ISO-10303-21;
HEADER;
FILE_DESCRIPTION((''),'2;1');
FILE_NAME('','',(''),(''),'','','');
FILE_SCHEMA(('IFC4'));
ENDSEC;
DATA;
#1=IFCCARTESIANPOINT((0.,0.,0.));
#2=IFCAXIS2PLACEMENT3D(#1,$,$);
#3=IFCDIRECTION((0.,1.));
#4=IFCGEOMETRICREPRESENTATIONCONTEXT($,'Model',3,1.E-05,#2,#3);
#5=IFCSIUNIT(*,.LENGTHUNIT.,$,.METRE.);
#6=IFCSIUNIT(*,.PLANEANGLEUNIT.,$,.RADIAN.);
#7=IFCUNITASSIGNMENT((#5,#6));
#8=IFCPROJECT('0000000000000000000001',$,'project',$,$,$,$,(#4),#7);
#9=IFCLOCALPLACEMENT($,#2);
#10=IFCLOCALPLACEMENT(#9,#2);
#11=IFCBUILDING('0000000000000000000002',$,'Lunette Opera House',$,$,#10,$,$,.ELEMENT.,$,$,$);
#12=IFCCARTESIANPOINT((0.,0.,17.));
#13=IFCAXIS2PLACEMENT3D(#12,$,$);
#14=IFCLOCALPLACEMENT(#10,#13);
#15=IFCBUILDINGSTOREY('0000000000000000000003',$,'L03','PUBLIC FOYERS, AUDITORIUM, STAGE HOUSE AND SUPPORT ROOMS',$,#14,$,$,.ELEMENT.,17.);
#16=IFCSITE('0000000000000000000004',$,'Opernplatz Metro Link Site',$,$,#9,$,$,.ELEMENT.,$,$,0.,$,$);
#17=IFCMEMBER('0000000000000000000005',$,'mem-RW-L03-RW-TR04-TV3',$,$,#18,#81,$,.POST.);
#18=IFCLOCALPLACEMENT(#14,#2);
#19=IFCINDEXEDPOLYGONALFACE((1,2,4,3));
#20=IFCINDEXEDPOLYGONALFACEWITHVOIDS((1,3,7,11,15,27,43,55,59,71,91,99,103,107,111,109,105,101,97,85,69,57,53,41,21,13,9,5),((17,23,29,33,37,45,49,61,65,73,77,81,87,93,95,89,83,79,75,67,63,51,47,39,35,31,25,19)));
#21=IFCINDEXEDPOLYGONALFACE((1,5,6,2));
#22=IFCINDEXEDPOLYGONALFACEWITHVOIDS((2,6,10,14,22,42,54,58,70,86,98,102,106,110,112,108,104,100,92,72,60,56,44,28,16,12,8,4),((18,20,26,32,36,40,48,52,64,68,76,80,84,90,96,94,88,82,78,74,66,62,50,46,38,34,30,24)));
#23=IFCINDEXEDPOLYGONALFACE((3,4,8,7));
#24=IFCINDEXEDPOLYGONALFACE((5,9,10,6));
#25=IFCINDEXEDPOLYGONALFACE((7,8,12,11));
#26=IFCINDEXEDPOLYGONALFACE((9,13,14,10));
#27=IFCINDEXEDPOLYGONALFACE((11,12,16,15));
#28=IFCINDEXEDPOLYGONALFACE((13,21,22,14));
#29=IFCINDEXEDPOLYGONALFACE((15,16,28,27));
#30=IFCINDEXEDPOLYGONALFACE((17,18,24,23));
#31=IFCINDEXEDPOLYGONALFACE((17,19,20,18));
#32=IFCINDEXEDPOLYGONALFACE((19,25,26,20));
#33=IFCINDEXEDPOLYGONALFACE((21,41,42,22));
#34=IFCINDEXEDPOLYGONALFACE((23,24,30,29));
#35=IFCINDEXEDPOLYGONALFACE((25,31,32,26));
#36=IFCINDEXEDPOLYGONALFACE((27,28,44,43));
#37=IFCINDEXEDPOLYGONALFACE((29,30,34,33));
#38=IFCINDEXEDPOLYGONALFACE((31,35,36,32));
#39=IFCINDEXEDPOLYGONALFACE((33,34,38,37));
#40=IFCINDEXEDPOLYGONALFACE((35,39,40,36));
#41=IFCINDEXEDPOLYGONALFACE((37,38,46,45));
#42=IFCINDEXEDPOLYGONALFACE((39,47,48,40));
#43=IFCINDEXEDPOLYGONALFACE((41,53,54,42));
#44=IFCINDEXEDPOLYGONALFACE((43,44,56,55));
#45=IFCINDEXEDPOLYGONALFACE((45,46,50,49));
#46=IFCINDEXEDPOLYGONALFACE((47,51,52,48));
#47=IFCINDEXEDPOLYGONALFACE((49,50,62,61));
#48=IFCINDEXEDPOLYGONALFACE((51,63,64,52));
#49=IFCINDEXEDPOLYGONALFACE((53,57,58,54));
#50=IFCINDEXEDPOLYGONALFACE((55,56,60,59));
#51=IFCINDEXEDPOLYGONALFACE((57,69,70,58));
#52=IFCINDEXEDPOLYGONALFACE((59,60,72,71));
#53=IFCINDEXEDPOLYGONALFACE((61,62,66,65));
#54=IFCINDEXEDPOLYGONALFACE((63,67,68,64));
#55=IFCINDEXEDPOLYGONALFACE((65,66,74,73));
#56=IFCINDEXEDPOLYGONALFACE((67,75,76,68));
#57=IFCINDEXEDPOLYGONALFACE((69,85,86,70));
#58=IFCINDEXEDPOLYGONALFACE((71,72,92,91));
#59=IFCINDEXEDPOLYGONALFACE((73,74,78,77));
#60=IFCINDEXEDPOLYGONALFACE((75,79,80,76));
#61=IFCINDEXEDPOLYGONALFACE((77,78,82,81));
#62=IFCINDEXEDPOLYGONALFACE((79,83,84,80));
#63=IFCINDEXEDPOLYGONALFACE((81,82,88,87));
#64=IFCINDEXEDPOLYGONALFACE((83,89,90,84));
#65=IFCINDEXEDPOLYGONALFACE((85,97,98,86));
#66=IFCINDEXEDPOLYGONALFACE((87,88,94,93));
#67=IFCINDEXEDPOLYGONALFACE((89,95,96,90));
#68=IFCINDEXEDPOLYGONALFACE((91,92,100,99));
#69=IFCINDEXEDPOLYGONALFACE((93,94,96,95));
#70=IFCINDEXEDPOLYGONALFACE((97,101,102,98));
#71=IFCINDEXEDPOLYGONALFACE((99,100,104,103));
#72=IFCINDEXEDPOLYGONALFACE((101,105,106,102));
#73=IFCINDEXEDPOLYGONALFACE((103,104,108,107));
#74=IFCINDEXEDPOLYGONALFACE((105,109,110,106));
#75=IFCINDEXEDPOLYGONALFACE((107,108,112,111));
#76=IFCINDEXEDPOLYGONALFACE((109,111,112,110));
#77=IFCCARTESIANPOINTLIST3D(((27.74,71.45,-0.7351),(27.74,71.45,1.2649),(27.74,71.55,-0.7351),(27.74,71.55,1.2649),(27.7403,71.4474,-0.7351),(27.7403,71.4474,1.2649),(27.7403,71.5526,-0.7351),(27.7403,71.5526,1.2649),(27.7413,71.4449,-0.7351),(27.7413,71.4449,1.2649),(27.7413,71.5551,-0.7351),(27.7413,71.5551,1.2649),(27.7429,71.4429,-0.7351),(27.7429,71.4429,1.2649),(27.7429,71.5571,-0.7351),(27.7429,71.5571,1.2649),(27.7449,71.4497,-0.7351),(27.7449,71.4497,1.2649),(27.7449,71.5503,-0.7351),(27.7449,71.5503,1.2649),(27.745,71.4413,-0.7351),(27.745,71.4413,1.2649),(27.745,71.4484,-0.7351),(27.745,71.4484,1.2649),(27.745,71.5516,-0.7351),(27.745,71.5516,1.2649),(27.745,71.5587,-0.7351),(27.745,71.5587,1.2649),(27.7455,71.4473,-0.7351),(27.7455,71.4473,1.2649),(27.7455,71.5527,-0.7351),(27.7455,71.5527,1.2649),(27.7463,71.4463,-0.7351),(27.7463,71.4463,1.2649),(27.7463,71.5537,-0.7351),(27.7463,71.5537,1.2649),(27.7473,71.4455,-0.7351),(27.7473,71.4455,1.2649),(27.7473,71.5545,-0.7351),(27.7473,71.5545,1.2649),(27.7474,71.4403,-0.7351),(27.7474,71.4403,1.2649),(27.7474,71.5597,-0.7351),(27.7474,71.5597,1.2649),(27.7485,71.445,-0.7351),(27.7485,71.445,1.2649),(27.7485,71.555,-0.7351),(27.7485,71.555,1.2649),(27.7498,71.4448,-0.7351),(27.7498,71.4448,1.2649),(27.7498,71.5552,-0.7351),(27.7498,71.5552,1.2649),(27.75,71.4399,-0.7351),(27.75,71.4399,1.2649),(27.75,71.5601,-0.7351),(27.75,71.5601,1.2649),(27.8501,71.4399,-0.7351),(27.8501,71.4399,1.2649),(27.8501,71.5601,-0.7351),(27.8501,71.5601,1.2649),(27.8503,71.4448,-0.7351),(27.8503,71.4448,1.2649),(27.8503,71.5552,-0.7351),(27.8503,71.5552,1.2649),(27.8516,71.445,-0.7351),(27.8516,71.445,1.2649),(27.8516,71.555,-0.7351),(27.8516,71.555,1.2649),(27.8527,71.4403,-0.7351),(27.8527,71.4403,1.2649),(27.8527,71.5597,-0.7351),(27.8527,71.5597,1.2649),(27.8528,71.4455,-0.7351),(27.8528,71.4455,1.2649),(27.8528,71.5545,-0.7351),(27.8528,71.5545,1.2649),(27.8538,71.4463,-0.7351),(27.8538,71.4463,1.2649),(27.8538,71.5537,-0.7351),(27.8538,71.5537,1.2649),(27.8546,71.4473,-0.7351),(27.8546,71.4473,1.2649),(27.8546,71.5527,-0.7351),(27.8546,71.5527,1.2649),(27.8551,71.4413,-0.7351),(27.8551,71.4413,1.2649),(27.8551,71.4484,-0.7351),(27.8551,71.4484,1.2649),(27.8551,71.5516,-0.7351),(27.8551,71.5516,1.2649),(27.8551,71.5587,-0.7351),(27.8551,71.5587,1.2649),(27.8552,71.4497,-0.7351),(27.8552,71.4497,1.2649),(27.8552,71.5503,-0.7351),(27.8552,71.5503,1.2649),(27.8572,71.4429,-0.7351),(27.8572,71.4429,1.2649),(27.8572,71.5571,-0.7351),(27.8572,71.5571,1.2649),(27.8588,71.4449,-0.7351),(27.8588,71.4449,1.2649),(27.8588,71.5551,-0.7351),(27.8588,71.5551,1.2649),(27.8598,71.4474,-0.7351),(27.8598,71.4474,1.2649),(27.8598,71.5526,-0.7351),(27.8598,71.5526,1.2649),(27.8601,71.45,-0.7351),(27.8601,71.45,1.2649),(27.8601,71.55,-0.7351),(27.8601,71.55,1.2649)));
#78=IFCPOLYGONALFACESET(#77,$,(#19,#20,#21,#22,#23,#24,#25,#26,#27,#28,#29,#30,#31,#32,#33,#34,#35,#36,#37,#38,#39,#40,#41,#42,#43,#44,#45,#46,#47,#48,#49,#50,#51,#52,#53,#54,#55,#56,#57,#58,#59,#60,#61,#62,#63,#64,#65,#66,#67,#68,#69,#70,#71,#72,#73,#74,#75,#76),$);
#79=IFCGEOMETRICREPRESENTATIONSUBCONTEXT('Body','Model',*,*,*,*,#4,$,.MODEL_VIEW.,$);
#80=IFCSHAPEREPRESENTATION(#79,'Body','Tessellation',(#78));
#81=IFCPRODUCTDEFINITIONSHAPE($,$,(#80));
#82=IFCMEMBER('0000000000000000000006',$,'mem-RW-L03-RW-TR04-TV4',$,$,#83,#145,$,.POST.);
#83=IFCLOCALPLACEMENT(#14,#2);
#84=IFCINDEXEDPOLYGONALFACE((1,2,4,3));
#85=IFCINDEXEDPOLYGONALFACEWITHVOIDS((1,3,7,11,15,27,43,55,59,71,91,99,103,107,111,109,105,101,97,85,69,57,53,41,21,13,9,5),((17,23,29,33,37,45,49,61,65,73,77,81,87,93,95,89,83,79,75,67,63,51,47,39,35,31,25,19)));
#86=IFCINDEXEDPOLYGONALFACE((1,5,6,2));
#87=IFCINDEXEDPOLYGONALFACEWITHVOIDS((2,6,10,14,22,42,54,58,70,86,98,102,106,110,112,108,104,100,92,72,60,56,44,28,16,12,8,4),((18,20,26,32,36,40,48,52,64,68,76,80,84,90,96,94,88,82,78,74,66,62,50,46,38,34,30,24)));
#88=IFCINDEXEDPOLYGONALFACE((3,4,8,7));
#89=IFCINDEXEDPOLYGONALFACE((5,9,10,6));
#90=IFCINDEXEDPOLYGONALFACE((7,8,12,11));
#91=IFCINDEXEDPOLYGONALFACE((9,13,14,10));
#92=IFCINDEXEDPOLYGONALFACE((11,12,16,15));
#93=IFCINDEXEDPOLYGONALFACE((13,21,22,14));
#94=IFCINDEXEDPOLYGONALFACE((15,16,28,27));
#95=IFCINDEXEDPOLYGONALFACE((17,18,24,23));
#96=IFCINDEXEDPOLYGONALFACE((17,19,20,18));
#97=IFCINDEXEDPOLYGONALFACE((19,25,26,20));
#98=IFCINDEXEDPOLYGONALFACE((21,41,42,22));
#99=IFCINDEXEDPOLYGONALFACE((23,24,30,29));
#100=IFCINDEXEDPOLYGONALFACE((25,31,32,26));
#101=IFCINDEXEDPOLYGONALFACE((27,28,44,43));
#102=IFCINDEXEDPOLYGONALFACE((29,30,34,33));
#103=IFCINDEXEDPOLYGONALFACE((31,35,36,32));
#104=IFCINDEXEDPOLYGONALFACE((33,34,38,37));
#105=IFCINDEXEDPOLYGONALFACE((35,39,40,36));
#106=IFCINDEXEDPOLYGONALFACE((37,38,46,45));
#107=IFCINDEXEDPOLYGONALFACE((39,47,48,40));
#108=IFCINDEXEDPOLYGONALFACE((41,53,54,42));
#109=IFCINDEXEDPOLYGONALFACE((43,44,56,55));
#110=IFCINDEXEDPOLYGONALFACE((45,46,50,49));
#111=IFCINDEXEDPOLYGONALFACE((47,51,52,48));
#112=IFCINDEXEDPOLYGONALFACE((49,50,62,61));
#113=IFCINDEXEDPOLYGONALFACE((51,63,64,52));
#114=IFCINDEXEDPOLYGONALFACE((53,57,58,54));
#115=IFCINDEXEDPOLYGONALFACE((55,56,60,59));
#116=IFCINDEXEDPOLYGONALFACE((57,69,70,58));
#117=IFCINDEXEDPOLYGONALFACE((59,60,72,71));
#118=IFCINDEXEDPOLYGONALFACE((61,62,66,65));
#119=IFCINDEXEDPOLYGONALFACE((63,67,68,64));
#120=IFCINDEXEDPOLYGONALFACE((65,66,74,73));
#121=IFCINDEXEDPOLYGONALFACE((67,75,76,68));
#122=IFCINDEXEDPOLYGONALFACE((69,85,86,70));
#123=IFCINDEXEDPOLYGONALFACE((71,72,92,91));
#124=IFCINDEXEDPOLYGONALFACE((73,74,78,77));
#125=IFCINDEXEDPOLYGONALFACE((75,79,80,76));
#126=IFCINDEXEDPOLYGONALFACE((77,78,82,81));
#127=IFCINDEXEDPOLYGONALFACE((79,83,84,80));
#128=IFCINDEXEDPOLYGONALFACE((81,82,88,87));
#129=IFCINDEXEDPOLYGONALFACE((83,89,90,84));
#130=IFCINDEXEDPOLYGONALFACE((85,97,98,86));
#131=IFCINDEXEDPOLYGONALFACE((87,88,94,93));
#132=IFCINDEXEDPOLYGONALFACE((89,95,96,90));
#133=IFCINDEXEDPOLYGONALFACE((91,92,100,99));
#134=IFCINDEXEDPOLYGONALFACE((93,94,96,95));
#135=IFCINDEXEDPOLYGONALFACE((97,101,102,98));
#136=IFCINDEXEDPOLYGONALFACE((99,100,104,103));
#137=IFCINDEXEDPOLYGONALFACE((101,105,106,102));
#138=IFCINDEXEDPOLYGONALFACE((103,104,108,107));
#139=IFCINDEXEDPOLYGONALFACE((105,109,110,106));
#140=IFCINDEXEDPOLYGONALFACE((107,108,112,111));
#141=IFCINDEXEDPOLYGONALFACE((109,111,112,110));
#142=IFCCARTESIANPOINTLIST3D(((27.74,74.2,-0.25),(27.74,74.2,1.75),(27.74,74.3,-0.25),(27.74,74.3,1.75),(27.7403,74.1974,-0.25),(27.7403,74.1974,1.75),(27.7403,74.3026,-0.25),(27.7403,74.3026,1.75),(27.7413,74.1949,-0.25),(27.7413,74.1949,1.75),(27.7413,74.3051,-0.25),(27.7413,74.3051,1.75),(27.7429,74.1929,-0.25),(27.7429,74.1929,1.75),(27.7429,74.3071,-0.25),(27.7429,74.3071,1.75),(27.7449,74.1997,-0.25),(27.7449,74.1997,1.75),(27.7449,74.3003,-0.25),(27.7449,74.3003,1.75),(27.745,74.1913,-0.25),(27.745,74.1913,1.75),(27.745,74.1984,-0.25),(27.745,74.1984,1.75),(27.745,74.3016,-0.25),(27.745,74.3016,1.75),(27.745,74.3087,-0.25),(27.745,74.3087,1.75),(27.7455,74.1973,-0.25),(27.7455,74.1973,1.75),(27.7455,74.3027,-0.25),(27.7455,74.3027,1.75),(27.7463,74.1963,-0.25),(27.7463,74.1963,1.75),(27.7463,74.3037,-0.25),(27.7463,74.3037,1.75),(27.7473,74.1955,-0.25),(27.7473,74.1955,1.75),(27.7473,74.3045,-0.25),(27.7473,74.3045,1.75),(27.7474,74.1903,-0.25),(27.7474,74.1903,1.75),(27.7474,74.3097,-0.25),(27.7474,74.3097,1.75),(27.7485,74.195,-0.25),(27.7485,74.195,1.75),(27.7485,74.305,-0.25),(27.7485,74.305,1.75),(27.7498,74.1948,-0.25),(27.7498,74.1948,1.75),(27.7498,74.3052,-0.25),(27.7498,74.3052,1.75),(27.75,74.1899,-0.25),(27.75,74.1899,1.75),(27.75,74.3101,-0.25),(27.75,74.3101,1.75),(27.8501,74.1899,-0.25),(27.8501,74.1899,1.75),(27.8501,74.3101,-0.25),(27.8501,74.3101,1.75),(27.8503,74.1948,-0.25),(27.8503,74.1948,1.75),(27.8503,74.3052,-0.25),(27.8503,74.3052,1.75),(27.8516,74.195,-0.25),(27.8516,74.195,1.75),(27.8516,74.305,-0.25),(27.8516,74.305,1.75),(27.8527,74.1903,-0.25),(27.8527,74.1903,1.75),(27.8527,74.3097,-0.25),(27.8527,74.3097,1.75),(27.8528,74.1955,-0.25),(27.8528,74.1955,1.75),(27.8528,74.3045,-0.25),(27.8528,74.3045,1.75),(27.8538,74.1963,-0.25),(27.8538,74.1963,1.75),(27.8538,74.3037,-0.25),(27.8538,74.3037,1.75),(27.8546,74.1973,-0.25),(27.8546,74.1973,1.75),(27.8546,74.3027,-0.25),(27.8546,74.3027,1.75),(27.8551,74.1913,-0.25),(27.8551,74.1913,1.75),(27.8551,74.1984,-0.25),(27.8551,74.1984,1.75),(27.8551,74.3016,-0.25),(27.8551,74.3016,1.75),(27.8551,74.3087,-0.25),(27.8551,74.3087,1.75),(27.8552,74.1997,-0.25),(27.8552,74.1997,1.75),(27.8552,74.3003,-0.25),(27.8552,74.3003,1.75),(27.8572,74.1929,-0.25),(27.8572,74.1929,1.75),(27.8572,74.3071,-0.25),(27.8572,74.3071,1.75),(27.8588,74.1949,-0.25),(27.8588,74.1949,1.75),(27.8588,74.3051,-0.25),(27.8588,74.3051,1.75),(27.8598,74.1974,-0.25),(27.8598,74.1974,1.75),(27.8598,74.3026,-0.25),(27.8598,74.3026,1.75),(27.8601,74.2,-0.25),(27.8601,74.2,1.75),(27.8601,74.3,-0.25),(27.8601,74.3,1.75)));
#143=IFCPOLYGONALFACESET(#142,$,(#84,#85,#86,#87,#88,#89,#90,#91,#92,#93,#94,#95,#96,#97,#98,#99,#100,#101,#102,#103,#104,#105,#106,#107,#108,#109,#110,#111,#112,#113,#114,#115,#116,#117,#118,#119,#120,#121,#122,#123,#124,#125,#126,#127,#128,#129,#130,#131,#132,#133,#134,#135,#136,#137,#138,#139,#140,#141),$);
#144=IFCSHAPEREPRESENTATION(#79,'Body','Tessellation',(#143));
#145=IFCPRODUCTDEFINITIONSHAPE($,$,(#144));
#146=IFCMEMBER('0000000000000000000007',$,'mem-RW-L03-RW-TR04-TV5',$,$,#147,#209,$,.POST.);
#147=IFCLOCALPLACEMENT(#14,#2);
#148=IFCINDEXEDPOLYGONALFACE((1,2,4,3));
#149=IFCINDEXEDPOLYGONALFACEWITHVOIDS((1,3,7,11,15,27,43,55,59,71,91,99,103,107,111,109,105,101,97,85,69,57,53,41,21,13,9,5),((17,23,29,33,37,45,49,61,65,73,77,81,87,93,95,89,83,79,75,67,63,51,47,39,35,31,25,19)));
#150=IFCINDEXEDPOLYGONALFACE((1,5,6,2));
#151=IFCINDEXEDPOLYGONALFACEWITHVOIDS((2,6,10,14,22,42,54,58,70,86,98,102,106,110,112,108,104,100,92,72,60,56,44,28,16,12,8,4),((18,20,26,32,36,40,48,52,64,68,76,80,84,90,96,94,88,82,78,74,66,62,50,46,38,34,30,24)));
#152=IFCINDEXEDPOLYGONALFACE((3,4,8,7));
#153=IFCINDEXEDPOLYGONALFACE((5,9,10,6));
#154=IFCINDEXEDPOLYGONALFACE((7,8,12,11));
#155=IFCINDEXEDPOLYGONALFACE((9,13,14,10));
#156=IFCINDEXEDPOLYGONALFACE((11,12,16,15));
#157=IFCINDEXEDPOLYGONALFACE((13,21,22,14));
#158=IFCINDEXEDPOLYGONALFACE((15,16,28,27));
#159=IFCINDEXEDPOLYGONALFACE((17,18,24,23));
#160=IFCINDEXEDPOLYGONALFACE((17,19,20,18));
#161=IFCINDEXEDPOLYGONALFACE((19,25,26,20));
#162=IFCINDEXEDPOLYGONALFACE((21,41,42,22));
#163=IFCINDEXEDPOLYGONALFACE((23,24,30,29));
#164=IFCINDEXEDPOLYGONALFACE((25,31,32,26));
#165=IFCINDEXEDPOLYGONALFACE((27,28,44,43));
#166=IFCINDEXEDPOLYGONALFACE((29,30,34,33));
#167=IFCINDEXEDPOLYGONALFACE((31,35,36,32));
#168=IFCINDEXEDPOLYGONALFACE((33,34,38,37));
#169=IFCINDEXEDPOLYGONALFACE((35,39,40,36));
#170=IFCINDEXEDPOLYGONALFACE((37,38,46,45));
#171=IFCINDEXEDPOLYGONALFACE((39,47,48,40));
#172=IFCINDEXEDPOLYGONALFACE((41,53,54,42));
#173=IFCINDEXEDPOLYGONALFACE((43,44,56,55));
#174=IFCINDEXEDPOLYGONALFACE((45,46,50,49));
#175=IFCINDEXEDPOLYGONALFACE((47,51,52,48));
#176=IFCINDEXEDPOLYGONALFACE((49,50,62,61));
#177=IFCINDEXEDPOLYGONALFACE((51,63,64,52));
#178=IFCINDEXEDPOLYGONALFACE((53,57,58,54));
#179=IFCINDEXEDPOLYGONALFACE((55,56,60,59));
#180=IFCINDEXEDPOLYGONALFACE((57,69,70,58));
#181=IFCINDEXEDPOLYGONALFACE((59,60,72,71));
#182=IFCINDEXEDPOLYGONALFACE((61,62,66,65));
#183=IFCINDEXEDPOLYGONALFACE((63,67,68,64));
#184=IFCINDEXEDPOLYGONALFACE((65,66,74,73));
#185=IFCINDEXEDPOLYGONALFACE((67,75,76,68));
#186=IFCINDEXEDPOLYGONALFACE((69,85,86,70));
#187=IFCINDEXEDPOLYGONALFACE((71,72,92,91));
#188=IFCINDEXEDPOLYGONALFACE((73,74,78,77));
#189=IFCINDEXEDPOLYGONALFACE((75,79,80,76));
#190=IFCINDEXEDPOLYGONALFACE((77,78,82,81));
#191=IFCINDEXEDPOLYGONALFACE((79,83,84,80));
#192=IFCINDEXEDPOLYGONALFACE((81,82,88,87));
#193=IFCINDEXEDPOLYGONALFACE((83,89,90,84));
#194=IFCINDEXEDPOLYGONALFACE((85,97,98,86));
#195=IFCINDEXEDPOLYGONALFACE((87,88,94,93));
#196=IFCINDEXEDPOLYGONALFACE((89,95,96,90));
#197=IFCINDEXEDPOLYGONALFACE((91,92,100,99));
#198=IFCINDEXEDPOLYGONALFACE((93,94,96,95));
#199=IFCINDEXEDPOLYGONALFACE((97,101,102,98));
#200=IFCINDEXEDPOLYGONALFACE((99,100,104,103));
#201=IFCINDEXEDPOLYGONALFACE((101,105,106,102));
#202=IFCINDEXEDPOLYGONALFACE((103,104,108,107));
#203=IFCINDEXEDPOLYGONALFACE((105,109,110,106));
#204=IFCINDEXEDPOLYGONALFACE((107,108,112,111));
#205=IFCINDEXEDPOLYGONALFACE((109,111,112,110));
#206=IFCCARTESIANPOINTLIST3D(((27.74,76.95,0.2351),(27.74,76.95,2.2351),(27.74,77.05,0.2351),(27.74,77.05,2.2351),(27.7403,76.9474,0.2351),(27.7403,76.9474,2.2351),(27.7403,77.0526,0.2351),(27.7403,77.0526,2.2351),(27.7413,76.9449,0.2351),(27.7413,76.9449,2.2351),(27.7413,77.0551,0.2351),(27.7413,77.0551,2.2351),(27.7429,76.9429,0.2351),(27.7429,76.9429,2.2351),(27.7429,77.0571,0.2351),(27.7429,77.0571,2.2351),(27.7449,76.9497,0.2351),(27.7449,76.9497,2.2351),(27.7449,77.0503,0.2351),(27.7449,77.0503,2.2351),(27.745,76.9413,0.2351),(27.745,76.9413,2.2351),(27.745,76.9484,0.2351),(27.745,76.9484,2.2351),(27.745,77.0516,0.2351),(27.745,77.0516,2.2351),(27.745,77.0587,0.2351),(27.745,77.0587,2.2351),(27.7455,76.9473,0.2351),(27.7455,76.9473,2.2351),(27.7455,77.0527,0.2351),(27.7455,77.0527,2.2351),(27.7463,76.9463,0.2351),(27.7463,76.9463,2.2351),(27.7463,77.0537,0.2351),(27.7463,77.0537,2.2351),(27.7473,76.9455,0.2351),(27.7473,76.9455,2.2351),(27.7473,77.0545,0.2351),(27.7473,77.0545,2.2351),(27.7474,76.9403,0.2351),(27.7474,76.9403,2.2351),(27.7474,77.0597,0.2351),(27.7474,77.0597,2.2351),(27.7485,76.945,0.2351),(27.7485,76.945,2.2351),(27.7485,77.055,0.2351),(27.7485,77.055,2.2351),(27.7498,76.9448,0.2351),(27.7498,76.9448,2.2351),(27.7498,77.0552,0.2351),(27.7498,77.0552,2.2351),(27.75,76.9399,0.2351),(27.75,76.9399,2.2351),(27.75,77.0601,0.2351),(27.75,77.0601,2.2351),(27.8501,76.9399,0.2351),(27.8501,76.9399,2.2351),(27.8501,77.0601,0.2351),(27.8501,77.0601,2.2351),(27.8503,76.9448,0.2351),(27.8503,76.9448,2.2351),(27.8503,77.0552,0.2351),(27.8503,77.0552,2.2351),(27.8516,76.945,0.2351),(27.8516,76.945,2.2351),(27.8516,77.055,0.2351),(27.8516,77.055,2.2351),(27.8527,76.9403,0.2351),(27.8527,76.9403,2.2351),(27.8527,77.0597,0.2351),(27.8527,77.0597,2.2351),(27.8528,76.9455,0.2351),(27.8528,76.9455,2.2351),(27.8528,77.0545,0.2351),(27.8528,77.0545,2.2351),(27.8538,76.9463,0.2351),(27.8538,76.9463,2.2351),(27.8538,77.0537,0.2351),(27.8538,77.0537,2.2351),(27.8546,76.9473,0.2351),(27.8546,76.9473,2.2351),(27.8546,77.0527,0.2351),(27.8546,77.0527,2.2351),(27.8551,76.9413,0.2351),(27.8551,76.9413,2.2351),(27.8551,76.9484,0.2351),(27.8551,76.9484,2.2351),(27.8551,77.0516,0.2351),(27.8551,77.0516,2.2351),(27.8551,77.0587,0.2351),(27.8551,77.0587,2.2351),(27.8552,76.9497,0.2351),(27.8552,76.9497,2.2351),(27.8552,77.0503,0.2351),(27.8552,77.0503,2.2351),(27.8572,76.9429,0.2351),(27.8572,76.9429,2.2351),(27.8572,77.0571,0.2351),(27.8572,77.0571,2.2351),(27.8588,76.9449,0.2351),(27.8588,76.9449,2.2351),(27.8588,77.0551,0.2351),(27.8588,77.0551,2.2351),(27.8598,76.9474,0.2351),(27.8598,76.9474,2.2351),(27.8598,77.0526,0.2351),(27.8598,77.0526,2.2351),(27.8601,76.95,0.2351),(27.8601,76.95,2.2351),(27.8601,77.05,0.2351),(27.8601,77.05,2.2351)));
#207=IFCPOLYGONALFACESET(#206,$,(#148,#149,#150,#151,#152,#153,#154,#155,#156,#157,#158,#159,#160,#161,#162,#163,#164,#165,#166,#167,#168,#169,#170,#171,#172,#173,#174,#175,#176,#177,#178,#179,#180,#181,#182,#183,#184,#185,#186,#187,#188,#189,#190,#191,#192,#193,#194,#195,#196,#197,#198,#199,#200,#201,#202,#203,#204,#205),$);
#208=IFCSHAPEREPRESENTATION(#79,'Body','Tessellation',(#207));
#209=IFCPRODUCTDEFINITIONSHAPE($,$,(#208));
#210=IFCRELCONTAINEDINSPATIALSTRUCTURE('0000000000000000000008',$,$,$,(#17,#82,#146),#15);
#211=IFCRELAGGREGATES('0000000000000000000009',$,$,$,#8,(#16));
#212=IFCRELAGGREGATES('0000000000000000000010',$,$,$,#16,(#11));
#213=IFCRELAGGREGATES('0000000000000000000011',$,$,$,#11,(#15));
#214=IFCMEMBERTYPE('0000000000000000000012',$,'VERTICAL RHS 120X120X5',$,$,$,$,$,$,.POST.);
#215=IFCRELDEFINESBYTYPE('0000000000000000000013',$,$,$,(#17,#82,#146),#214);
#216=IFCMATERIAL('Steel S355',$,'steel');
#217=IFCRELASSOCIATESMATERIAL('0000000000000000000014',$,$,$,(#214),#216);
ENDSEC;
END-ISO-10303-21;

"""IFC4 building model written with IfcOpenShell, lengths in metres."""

from ifc_helpers import new_model, si_unit, direction, frame, origin, origin_2d, place, context, subcontext, project, spatial, hollow_rectangle, extrude, material, material_profile, profile_set, type_object, element, save


model = new_model("IFC4")

# Units and contexts
model_context = context("Model", 3, precision=1e-05, world=origin(), true_north=direction((0.0, 1.0)))
body_context = subcontext(model_context, "Body", "Model", "MODEL_VIEW")
ifc_project = project(units=[si_unit("LENGTHUNIT", "METRE"), si_unit("PLANEANGLEUNIT", "RADIAN")], contexts=[model_context])

# Site, building, storey
site_placement = place(None, origin())
site = spatial("IfcSite", under=ifc_project, at=site_placement, Name="Opernplatz Metro Link Site", CompositionType="ELEMENT", RefElevation=0.0)
building_placement = place(site_placement, origin())
building = spatial("IfcBuilding", under=site, at=building_placement, Name="Lunette Opera House", CompositionType="ELEMENT")
storey_placement = place(building_placement, frame((0.0, 0.0, 17.0)))
storey = spatial("IfcBuildingStorey", under=building, at=storey_placement, Name="L03", Description="PUBLIC FOYERS, AUDITORIUM, STAGE HOUSE AND SUPPORT ROOMS", CompositionType="ELEMENT", Elevation=17.0)

# Members
ifc_material_1 = material(Name="Steel S355", Category="steel")
ifc_material_profile_1 = material_profile(ifc_material_1, hollow_rectangle(XDim=0.1201, YDim=0.1201, WallThickness=0.0049, InnerFilletRadius=0.0049, OuterFilletRadius=0.01, at=origin_2d()), Name="RHS 120X120X5")
ifc_profile_set_1 = profile_set([ifc_material_profile_1], Name="Steel S355")
member_type_1 = type_object("IfcMemberType", Name="VERTICAL RHS 120X120X5", PredefinedType="POST", material=ifc_profile_set_1)
for number, where, z_axis, x_axis, name in (
    (1, (27.8, 71.5, -0.7351), (0.0, 0.0, 1.0), (1.0, 0.0, 0.0), "mem-RW-L03-RW-TR04-TV3"),
    (2, (27.8, 74.25, -0.25), (0.0, 0.0, 1.0), (1.0, 0.0, 0.0), "mem-RW-L03-RW-TR04-TV4"),
    (3, (27.8, 77.0, 0.2351), (0.0, 0.0, 1.0), (1.0, 0.0, 0.0), "mem-RW-L03-RW-TR04-TV5"),
):
    element("IfcMember", number, at=place(storey_placement, frame(where, z_axis=z_axis, x_axis=x_axis)), inside=storey, type_object=member_type_1, Name=name, PredefinedType="POST", context=body_context, shape_type="SweptSolid", body=[
        extrude(hollow_rectangle(XDim=0.1201, YDim=0.1201, WallThickness=0.0049, InnerFilletRadius=0.0049, OuterFilletRadius=0.01, at=origin_2d()), origin(), (0.0, 0.0, 1.0), 2.0),
    ])

save(model, "model.ifc")
